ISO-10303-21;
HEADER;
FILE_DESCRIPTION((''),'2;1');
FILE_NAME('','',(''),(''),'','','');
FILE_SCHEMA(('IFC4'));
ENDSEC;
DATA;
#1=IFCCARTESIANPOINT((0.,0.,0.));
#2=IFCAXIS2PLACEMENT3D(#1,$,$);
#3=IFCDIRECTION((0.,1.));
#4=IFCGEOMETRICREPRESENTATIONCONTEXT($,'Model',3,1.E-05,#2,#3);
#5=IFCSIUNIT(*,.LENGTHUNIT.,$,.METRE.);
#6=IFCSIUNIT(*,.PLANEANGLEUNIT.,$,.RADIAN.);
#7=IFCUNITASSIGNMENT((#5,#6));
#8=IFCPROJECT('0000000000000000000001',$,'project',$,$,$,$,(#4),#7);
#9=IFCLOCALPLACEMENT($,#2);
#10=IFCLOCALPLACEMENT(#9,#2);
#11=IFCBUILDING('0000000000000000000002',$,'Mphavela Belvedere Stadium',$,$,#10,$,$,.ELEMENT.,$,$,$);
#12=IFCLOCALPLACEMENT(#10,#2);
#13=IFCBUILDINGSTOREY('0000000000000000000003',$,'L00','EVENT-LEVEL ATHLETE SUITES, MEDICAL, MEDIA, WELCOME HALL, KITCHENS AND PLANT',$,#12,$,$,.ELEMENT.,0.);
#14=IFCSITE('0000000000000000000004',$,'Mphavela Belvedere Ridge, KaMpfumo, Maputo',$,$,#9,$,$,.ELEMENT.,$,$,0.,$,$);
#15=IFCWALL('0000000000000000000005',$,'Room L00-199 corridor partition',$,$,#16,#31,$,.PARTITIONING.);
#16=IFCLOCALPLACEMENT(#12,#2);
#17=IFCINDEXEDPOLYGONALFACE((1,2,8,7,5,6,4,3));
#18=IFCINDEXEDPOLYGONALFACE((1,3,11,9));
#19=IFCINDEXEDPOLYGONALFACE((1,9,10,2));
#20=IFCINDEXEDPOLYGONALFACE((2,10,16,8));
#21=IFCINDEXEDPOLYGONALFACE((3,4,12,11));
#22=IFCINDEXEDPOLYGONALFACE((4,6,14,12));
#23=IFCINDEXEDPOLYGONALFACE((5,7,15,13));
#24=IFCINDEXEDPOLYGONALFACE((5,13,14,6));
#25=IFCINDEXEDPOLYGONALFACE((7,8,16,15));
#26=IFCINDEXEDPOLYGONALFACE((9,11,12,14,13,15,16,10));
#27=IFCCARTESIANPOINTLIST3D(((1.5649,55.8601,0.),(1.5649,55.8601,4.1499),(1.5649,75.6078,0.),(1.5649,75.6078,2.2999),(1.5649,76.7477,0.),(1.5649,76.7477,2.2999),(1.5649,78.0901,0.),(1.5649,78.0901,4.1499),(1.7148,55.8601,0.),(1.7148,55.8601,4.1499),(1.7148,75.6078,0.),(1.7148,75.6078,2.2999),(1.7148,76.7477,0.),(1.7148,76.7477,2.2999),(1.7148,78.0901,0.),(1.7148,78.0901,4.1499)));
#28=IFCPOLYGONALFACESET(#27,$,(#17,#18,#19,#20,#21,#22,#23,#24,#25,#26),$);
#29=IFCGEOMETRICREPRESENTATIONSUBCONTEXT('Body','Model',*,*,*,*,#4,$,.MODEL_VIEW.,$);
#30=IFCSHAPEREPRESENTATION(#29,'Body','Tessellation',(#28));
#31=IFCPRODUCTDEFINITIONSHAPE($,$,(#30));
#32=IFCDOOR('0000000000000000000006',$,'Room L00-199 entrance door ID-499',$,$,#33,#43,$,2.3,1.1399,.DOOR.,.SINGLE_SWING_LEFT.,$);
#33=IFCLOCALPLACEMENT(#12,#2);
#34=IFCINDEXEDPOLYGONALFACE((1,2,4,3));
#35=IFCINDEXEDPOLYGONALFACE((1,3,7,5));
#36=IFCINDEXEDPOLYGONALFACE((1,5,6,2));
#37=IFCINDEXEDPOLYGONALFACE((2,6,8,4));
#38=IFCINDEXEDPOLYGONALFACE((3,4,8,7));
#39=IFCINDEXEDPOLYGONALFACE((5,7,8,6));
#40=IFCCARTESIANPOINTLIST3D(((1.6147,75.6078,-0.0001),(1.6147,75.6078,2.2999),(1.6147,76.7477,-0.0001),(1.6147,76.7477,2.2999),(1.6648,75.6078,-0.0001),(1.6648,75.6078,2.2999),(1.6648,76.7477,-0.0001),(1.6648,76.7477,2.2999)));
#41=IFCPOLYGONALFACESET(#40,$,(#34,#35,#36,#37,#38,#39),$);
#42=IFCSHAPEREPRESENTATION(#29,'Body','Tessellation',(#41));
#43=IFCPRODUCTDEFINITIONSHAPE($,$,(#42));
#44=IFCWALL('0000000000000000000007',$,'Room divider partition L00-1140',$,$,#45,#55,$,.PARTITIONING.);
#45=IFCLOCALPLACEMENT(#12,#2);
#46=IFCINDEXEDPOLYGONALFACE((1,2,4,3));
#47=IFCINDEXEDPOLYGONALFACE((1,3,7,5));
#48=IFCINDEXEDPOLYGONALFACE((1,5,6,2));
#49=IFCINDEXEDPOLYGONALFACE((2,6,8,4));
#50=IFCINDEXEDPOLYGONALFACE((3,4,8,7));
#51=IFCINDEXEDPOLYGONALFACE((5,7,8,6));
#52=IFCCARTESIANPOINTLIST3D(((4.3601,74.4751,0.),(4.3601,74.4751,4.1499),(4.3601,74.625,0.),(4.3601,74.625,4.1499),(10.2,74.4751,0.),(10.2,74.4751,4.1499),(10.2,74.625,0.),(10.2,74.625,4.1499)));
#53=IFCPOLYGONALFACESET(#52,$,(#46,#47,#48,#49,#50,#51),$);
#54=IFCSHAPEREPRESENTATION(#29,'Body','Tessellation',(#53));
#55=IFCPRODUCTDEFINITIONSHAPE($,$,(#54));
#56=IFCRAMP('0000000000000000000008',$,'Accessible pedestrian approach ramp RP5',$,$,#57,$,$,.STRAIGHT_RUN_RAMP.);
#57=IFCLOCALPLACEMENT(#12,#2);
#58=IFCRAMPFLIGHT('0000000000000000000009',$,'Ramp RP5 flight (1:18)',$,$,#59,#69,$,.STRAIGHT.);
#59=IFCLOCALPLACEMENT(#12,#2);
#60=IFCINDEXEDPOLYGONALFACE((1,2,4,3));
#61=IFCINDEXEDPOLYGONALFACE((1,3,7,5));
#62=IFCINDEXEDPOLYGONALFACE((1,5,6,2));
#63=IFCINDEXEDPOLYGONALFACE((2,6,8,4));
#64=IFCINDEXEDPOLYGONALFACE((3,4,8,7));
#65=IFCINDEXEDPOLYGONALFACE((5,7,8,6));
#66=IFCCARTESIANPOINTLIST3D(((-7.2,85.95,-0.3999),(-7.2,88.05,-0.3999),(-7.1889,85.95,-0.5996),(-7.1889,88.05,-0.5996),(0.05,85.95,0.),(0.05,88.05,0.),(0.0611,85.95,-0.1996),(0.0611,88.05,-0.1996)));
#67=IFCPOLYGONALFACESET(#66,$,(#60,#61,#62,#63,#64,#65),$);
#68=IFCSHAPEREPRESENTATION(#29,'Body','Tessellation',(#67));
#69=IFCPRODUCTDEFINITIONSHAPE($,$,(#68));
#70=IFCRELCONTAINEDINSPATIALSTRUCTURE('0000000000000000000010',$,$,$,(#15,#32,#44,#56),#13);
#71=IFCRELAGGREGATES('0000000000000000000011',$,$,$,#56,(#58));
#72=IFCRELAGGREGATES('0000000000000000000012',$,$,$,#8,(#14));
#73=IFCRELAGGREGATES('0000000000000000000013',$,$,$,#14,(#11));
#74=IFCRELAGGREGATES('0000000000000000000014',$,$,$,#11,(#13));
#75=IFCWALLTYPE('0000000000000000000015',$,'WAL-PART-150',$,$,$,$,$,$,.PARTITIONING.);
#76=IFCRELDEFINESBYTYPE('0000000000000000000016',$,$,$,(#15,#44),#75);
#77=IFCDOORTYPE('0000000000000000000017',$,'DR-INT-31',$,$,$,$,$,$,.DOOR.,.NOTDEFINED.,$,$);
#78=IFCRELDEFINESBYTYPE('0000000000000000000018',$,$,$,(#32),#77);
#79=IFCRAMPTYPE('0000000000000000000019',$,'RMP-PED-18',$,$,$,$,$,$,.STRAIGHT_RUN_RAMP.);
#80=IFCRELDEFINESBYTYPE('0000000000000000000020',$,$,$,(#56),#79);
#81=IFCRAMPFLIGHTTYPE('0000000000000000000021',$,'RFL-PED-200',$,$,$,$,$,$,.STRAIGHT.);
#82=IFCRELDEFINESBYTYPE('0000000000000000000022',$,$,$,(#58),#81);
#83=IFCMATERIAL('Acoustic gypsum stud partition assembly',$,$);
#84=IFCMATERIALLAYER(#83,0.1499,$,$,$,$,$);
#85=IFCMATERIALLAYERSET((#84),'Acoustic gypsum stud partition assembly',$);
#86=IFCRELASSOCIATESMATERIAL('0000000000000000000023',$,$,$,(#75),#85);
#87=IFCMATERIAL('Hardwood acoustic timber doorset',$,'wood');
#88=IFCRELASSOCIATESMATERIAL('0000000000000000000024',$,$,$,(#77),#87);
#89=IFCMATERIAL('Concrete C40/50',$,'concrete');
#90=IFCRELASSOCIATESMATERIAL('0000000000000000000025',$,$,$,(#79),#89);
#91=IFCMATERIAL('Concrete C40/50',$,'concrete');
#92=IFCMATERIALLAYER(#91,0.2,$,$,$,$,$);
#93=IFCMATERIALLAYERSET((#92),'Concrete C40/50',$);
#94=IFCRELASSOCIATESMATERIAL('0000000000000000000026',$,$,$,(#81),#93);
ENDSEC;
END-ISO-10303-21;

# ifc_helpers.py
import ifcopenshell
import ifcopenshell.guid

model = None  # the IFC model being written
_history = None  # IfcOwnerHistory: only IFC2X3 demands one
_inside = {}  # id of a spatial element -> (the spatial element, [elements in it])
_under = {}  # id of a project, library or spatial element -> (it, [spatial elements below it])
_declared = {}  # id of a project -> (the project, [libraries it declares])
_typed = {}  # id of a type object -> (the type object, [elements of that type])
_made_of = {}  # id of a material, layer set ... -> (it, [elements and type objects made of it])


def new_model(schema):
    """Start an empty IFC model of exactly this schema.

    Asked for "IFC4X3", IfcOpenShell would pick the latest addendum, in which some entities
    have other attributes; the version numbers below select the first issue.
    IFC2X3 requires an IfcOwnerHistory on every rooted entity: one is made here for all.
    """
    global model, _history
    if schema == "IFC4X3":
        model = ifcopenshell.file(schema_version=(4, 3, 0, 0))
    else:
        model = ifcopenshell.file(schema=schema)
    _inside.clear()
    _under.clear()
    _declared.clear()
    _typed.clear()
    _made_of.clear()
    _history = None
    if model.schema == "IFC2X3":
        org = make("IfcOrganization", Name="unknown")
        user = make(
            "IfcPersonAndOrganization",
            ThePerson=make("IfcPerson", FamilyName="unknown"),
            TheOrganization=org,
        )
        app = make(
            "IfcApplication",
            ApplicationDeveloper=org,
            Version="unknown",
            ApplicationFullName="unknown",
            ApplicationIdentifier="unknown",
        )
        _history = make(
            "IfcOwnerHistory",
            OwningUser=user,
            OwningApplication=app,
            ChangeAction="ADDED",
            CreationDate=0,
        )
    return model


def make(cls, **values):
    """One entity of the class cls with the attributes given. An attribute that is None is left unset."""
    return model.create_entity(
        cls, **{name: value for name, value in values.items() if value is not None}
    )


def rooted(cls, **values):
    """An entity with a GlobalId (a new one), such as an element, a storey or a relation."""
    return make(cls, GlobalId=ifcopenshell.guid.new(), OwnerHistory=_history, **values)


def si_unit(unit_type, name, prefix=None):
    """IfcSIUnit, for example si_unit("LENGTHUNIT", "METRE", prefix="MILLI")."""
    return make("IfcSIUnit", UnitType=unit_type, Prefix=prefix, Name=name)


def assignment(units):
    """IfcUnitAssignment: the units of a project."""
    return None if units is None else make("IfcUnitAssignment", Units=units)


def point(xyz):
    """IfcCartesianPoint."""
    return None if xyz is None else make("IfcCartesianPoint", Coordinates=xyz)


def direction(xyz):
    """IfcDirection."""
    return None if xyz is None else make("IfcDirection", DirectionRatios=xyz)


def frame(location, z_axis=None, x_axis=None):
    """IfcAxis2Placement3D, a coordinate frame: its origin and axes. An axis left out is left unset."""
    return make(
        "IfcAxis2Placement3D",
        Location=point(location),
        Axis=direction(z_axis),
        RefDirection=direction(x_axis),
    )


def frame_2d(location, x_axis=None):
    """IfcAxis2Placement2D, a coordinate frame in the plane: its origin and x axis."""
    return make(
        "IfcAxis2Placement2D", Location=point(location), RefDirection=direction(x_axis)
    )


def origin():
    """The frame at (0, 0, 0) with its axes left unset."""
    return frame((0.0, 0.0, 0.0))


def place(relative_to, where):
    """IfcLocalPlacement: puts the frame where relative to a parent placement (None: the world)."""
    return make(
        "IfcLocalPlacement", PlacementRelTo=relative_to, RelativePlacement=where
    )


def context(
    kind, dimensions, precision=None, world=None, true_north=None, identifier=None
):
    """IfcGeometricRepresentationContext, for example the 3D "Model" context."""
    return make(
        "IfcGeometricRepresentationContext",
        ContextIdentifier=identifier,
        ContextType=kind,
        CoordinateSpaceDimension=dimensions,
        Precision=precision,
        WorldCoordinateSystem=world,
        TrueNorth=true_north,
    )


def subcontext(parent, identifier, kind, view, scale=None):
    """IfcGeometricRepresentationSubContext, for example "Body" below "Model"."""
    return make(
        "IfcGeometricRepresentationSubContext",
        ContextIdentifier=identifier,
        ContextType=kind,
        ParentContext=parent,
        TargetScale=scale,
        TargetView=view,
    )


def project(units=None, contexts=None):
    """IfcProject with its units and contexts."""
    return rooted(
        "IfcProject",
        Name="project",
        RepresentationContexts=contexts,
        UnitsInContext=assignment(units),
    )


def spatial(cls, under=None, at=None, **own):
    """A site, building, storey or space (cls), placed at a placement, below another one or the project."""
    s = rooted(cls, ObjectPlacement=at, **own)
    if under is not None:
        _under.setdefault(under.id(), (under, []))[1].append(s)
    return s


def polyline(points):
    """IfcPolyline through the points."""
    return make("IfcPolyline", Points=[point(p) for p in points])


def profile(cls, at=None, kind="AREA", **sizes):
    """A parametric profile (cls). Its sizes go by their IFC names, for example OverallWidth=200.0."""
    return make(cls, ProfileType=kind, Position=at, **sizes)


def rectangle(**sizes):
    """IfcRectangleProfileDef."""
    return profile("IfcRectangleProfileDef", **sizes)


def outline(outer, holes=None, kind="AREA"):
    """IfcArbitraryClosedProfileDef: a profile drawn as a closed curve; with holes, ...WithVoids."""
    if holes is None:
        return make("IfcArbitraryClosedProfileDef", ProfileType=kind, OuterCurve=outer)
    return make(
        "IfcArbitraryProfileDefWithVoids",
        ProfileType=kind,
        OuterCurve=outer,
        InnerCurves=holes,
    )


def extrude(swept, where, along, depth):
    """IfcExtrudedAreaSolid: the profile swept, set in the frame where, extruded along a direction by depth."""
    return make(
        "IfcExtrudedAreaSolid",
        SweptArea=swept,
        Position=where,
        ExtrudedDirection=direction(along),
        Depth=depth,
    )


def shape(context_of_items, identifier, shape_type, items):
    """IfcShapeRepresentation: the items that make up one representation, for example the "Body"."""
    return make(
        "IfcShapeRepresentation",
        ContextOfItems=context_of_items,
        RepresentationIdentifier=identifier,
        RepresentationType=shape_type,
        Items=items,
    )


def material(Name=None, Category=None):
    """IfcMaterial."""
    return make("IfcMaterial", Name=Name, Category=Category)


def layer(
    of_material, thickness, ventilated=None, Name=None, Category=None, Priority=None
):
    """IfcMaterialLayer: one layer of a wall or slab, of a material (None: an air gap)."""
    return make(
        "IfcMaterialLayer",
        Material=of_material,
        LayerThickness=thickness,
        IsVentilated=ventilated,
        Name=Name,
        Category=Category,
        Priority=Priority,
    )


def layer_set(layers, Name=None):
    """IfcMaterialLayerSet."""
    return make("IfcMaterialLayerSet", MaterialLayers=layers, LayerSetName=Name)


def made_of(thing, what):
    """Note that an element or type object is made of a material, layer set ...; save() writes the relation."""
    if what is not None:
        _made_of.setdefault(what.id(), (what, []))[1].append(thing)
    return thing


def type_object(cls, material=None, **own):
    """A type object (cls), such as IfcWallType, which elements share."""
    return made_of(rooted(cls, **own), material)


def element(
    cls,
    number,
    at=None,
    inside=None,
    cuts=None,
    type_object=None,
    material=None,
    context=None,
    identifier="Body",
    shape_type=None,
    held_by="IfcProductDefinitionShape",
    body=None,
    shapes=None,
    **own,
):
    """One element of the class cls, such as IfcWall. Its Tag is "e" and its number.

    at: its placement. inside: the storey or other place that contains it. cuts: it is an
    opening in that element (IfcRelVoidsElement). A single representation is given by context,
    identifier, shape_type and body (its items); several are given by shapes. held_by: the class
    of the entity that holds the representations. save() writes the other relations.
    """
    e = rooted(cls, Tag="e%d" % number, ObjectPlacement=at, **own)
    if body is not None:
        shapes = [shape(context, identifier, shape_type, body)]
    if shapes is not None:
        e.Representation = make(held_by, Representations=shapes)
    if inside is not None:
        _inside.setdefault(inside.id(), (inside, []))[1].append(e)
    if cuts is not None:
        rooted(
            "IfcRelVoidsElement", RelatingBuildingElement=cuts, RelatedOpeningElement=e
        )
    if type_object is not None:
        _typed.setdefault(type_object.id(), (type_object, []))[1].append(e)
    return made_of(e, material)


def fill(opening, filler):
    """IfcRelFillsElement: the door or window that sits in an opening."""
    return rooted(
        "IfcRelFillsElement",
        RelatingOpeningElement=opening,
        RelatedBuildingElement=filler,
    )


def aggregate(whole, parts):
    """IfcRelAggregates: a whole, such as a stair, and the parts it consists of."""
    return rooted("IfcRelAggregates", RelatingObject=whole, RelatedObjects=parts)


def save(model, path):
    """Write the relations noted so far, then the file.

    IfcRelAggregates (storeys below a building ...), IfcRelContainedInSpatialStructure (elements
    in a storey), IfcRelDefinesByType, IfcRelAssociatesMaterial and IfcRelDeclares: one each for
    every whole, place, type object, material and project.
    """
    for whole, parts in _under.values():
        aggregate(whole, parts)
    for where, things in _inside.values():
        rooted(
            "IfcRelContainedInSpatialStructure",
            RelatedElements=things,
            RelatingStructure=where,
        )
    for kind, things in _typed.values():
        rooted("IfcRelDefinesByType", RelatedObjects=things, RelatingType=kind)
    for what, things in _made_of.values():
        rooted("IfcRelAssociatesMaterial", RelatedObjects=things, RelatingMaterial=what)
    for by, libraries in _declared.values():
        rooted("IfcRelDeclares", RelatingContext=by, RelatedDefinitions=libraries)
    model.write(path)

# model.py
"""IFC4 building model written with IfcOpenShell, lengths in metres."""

from ifc_helpers import new_model, si_unit, direction, frame, frame_2d, origin, place, context, subcontext, project, spatial, polyline, rectangle, outline, extrude, material, layer, layer_set, type_object, element, fill, aggregate, save


model = new_model("IFC4")

# Units and contexts
model_context = context("Model", 3, precision=1e-05, world=origin(), true_north=direction((0.0, 1.0)))
body_context = subcontext(model_context, "Body", "Model", "MODEL_VIEW")
ifc_project = project(units=[si_unit("LENGTHUNIT", "METRE"), si_unit("PLANEANGLEUNIT", "RADIAN")], contexts=[model_context])

# Site, building, storey
site_placement = place(None, origin())
site = spatial("IfcSite", under=ifc_project, at=site_placement, Name="Mphavela Belvedere Ridge, KaMpfumo, Maputo", CompositionType="ELEMENT", RefElevation=0.0)
building_placement = place(site_placement, origin())
building = spatial("IfcBuilding", under=site, at=building_placement, Name="Mphavela Belvedere Stadium", CompositionType="ELEMENT")
storey_placement = place(building_placement, origin())
storey = spatial("IfcBuildingStorey", under=building, at=storey_placement, Name="L00", Description="EVENT-LEVEL ATHLETE SUITES, MEDICAL, MEDIA, WELCOME HALL, KITCHENS AND PLANT", CompositionType="ELEMENT", Elevation=0.0)

# Wall, opening, door
ifc_material_1 = material(Name="Acoustic gypsum stud partition assembly")
ifc_layer_1 = layer(ifc_material_1, 0.1499)
ifc_layer_set_1 = layer_set([ifc_layer_1], Name="Acoustic gypsum stud partition assembly")
wall_type_1 = type_object("IfcWallType", Name="WAL-PART-150", PredefinedType="PARTITIONING", material=ifc_layer_set_1)
wall_1_placement = place(storey_placement, frame((1.6399, 78.0901, 0.0), z_axis=(0.0, 0.0, 1.0), x_axis=(0.0, -1.0, 0.0)))
wall_1 = element("IfcWall", 1, at=wall_1_placement, inside=storey, type_object=wall_type_1, Name="Room L00-199 corridor partition", PredefinedType="PARTITIONING", context=body_context, shape_type="SweptSolid", body=[
    extrude(rectangle(XDim=22.23, YDim=0.1499, at=frame_2d((11.115, 0.0))), origin(), (0.0, 0.0, 1.0), 4.1499),
])
opening_1_placement = place(wall_1_placement, frame((1.3425, 0.0, 0.0)))
opening_1 = element("IfcOpeningElement", 2, at=opening_1_placement, cuts=wall_1, PredefinedType="OPENING", context=body_context, shape_type="SweptSolid", body=[
    extrude(rectangle(XDim=1.1399, YDim=2.3, at=frame_2d((0.5698, 1.1499))), frame((0.0, 0.085, 0.0), z_axis=(0.0, -1.0, 0.0), x_axis=(1.0, 0.0, 0.0)), (0.0, 0.0, 1.0), 0.1699),
])
ifc_material_2 = material(Name="Hardwood acoustic timber doorset", Category="wood")
door_type = type_object("IfcDoorType", Name="DR-INT-31", OperationType="NOTDEFINED", PredefinedType="DOOR", material=ifc_material_2)
door_placement = place(opening_1_placement, origin())
door = element("IfcDoor", 3, at=door_placement, inside=storey, type_object=door_type, Name="Room L00-199 entrance door ID-499", OperationType="SINGLE_SWING_LEFT", OverallHeight=2.3, OverallWidth=1.1399, PredefinedType="DOOR", context=body_context, shape_type="SweptSolid", body=[
    extrude(rectangle(XDim=1.1399, YDim=2.3, at=frame_2d((0.5698, 1.1499))), frame((0.0, 0.0249, 0.0), z_axis=(0.0, -1.0, 0.0), x_axis=(1.0, 0.0, 0.0)), (0.0, 0.0, 1.0), 0.05),
])
fill(opening_1, door)

# Wall
wall_2_placement = place(storey_placement, frame((4.3601, 74.55, 0.0), z_axis=(0.0, 0.0, 1.0), x_axis=(1.0, 0.0, 0.0)))
element("IfcWall", 4, at=wall_2_placement, inside=storey, type_object=wall_type_1, Name="Room divider partition L00-1140", PredefinedType="PARTITIONING", context=body_context, shape_type="SweptSolid", body=[
    extrude(rectangle(XDim=5.8398, YDim=0.1499, at=frame_2d((2.9199, 0.0))), origin(), (0.0, 0.0, 1.0), 4.1499),
])

# Ramp, ramp flight
ifc_material_3 = material(Name="Concrete C40/50", Category="concrete")
ramp_type = type_object("IfcRampType", Name="RMP-PED-18", PredefinedType="STRAIGHT_RUN_RAMP", material=ifc_material_3)
ramp_placement = place(storey_placement, origin())
ramp = element("IfcRamp", 5, at=ramp_placement, inside=storey, type_object=ramp_type, Name="Accessible pedestrian approach ramp RP5", PredefinedType="STRAIGHT_RUN_RAMP")
ifc_material_4 = material(Name="Concrete C40/50", Category="concrete")
ifc_layer_2 = layer(ifc_material_4, 0.2)
ifc_layer_set_2 = layer_set([ifc_layer_2], Name="Concrete C40/50")
ramp_flight_type = type_object("IfcRampFlightType", Name="RFL-PED-200", PredefinedType="STRAIGHT", material=ifc_layer_set_2)
ramp_flight_placement = place(storey_placement, frame((-7.2, 85.95, -0.3999), z_axis=(-0.055075, 0.0, 0.998482), x_axis=(0.998482, 0.0, 0.055075)))
ramp_flight = element("IfcRampFlight", 6, at=ramp_flight_placement, type_object=ramp_flight_type, Name="Ramp RP5 flight (1:18)", PredefinedType="STRAIGHT", context=body_context, shape_type="SweptSolid", body=[
    extrude(outline(polyline([(0.0, 0.0), (7.261, 0.0), (7.261, 2.1001), (0.0, 2.1001), (0.0, 0.0)])), origin(), (0.0, 0.0, -1.0), 0.2),
])
aggregate(ramp, [ramp_flight])

save(model, "model.ifc")
